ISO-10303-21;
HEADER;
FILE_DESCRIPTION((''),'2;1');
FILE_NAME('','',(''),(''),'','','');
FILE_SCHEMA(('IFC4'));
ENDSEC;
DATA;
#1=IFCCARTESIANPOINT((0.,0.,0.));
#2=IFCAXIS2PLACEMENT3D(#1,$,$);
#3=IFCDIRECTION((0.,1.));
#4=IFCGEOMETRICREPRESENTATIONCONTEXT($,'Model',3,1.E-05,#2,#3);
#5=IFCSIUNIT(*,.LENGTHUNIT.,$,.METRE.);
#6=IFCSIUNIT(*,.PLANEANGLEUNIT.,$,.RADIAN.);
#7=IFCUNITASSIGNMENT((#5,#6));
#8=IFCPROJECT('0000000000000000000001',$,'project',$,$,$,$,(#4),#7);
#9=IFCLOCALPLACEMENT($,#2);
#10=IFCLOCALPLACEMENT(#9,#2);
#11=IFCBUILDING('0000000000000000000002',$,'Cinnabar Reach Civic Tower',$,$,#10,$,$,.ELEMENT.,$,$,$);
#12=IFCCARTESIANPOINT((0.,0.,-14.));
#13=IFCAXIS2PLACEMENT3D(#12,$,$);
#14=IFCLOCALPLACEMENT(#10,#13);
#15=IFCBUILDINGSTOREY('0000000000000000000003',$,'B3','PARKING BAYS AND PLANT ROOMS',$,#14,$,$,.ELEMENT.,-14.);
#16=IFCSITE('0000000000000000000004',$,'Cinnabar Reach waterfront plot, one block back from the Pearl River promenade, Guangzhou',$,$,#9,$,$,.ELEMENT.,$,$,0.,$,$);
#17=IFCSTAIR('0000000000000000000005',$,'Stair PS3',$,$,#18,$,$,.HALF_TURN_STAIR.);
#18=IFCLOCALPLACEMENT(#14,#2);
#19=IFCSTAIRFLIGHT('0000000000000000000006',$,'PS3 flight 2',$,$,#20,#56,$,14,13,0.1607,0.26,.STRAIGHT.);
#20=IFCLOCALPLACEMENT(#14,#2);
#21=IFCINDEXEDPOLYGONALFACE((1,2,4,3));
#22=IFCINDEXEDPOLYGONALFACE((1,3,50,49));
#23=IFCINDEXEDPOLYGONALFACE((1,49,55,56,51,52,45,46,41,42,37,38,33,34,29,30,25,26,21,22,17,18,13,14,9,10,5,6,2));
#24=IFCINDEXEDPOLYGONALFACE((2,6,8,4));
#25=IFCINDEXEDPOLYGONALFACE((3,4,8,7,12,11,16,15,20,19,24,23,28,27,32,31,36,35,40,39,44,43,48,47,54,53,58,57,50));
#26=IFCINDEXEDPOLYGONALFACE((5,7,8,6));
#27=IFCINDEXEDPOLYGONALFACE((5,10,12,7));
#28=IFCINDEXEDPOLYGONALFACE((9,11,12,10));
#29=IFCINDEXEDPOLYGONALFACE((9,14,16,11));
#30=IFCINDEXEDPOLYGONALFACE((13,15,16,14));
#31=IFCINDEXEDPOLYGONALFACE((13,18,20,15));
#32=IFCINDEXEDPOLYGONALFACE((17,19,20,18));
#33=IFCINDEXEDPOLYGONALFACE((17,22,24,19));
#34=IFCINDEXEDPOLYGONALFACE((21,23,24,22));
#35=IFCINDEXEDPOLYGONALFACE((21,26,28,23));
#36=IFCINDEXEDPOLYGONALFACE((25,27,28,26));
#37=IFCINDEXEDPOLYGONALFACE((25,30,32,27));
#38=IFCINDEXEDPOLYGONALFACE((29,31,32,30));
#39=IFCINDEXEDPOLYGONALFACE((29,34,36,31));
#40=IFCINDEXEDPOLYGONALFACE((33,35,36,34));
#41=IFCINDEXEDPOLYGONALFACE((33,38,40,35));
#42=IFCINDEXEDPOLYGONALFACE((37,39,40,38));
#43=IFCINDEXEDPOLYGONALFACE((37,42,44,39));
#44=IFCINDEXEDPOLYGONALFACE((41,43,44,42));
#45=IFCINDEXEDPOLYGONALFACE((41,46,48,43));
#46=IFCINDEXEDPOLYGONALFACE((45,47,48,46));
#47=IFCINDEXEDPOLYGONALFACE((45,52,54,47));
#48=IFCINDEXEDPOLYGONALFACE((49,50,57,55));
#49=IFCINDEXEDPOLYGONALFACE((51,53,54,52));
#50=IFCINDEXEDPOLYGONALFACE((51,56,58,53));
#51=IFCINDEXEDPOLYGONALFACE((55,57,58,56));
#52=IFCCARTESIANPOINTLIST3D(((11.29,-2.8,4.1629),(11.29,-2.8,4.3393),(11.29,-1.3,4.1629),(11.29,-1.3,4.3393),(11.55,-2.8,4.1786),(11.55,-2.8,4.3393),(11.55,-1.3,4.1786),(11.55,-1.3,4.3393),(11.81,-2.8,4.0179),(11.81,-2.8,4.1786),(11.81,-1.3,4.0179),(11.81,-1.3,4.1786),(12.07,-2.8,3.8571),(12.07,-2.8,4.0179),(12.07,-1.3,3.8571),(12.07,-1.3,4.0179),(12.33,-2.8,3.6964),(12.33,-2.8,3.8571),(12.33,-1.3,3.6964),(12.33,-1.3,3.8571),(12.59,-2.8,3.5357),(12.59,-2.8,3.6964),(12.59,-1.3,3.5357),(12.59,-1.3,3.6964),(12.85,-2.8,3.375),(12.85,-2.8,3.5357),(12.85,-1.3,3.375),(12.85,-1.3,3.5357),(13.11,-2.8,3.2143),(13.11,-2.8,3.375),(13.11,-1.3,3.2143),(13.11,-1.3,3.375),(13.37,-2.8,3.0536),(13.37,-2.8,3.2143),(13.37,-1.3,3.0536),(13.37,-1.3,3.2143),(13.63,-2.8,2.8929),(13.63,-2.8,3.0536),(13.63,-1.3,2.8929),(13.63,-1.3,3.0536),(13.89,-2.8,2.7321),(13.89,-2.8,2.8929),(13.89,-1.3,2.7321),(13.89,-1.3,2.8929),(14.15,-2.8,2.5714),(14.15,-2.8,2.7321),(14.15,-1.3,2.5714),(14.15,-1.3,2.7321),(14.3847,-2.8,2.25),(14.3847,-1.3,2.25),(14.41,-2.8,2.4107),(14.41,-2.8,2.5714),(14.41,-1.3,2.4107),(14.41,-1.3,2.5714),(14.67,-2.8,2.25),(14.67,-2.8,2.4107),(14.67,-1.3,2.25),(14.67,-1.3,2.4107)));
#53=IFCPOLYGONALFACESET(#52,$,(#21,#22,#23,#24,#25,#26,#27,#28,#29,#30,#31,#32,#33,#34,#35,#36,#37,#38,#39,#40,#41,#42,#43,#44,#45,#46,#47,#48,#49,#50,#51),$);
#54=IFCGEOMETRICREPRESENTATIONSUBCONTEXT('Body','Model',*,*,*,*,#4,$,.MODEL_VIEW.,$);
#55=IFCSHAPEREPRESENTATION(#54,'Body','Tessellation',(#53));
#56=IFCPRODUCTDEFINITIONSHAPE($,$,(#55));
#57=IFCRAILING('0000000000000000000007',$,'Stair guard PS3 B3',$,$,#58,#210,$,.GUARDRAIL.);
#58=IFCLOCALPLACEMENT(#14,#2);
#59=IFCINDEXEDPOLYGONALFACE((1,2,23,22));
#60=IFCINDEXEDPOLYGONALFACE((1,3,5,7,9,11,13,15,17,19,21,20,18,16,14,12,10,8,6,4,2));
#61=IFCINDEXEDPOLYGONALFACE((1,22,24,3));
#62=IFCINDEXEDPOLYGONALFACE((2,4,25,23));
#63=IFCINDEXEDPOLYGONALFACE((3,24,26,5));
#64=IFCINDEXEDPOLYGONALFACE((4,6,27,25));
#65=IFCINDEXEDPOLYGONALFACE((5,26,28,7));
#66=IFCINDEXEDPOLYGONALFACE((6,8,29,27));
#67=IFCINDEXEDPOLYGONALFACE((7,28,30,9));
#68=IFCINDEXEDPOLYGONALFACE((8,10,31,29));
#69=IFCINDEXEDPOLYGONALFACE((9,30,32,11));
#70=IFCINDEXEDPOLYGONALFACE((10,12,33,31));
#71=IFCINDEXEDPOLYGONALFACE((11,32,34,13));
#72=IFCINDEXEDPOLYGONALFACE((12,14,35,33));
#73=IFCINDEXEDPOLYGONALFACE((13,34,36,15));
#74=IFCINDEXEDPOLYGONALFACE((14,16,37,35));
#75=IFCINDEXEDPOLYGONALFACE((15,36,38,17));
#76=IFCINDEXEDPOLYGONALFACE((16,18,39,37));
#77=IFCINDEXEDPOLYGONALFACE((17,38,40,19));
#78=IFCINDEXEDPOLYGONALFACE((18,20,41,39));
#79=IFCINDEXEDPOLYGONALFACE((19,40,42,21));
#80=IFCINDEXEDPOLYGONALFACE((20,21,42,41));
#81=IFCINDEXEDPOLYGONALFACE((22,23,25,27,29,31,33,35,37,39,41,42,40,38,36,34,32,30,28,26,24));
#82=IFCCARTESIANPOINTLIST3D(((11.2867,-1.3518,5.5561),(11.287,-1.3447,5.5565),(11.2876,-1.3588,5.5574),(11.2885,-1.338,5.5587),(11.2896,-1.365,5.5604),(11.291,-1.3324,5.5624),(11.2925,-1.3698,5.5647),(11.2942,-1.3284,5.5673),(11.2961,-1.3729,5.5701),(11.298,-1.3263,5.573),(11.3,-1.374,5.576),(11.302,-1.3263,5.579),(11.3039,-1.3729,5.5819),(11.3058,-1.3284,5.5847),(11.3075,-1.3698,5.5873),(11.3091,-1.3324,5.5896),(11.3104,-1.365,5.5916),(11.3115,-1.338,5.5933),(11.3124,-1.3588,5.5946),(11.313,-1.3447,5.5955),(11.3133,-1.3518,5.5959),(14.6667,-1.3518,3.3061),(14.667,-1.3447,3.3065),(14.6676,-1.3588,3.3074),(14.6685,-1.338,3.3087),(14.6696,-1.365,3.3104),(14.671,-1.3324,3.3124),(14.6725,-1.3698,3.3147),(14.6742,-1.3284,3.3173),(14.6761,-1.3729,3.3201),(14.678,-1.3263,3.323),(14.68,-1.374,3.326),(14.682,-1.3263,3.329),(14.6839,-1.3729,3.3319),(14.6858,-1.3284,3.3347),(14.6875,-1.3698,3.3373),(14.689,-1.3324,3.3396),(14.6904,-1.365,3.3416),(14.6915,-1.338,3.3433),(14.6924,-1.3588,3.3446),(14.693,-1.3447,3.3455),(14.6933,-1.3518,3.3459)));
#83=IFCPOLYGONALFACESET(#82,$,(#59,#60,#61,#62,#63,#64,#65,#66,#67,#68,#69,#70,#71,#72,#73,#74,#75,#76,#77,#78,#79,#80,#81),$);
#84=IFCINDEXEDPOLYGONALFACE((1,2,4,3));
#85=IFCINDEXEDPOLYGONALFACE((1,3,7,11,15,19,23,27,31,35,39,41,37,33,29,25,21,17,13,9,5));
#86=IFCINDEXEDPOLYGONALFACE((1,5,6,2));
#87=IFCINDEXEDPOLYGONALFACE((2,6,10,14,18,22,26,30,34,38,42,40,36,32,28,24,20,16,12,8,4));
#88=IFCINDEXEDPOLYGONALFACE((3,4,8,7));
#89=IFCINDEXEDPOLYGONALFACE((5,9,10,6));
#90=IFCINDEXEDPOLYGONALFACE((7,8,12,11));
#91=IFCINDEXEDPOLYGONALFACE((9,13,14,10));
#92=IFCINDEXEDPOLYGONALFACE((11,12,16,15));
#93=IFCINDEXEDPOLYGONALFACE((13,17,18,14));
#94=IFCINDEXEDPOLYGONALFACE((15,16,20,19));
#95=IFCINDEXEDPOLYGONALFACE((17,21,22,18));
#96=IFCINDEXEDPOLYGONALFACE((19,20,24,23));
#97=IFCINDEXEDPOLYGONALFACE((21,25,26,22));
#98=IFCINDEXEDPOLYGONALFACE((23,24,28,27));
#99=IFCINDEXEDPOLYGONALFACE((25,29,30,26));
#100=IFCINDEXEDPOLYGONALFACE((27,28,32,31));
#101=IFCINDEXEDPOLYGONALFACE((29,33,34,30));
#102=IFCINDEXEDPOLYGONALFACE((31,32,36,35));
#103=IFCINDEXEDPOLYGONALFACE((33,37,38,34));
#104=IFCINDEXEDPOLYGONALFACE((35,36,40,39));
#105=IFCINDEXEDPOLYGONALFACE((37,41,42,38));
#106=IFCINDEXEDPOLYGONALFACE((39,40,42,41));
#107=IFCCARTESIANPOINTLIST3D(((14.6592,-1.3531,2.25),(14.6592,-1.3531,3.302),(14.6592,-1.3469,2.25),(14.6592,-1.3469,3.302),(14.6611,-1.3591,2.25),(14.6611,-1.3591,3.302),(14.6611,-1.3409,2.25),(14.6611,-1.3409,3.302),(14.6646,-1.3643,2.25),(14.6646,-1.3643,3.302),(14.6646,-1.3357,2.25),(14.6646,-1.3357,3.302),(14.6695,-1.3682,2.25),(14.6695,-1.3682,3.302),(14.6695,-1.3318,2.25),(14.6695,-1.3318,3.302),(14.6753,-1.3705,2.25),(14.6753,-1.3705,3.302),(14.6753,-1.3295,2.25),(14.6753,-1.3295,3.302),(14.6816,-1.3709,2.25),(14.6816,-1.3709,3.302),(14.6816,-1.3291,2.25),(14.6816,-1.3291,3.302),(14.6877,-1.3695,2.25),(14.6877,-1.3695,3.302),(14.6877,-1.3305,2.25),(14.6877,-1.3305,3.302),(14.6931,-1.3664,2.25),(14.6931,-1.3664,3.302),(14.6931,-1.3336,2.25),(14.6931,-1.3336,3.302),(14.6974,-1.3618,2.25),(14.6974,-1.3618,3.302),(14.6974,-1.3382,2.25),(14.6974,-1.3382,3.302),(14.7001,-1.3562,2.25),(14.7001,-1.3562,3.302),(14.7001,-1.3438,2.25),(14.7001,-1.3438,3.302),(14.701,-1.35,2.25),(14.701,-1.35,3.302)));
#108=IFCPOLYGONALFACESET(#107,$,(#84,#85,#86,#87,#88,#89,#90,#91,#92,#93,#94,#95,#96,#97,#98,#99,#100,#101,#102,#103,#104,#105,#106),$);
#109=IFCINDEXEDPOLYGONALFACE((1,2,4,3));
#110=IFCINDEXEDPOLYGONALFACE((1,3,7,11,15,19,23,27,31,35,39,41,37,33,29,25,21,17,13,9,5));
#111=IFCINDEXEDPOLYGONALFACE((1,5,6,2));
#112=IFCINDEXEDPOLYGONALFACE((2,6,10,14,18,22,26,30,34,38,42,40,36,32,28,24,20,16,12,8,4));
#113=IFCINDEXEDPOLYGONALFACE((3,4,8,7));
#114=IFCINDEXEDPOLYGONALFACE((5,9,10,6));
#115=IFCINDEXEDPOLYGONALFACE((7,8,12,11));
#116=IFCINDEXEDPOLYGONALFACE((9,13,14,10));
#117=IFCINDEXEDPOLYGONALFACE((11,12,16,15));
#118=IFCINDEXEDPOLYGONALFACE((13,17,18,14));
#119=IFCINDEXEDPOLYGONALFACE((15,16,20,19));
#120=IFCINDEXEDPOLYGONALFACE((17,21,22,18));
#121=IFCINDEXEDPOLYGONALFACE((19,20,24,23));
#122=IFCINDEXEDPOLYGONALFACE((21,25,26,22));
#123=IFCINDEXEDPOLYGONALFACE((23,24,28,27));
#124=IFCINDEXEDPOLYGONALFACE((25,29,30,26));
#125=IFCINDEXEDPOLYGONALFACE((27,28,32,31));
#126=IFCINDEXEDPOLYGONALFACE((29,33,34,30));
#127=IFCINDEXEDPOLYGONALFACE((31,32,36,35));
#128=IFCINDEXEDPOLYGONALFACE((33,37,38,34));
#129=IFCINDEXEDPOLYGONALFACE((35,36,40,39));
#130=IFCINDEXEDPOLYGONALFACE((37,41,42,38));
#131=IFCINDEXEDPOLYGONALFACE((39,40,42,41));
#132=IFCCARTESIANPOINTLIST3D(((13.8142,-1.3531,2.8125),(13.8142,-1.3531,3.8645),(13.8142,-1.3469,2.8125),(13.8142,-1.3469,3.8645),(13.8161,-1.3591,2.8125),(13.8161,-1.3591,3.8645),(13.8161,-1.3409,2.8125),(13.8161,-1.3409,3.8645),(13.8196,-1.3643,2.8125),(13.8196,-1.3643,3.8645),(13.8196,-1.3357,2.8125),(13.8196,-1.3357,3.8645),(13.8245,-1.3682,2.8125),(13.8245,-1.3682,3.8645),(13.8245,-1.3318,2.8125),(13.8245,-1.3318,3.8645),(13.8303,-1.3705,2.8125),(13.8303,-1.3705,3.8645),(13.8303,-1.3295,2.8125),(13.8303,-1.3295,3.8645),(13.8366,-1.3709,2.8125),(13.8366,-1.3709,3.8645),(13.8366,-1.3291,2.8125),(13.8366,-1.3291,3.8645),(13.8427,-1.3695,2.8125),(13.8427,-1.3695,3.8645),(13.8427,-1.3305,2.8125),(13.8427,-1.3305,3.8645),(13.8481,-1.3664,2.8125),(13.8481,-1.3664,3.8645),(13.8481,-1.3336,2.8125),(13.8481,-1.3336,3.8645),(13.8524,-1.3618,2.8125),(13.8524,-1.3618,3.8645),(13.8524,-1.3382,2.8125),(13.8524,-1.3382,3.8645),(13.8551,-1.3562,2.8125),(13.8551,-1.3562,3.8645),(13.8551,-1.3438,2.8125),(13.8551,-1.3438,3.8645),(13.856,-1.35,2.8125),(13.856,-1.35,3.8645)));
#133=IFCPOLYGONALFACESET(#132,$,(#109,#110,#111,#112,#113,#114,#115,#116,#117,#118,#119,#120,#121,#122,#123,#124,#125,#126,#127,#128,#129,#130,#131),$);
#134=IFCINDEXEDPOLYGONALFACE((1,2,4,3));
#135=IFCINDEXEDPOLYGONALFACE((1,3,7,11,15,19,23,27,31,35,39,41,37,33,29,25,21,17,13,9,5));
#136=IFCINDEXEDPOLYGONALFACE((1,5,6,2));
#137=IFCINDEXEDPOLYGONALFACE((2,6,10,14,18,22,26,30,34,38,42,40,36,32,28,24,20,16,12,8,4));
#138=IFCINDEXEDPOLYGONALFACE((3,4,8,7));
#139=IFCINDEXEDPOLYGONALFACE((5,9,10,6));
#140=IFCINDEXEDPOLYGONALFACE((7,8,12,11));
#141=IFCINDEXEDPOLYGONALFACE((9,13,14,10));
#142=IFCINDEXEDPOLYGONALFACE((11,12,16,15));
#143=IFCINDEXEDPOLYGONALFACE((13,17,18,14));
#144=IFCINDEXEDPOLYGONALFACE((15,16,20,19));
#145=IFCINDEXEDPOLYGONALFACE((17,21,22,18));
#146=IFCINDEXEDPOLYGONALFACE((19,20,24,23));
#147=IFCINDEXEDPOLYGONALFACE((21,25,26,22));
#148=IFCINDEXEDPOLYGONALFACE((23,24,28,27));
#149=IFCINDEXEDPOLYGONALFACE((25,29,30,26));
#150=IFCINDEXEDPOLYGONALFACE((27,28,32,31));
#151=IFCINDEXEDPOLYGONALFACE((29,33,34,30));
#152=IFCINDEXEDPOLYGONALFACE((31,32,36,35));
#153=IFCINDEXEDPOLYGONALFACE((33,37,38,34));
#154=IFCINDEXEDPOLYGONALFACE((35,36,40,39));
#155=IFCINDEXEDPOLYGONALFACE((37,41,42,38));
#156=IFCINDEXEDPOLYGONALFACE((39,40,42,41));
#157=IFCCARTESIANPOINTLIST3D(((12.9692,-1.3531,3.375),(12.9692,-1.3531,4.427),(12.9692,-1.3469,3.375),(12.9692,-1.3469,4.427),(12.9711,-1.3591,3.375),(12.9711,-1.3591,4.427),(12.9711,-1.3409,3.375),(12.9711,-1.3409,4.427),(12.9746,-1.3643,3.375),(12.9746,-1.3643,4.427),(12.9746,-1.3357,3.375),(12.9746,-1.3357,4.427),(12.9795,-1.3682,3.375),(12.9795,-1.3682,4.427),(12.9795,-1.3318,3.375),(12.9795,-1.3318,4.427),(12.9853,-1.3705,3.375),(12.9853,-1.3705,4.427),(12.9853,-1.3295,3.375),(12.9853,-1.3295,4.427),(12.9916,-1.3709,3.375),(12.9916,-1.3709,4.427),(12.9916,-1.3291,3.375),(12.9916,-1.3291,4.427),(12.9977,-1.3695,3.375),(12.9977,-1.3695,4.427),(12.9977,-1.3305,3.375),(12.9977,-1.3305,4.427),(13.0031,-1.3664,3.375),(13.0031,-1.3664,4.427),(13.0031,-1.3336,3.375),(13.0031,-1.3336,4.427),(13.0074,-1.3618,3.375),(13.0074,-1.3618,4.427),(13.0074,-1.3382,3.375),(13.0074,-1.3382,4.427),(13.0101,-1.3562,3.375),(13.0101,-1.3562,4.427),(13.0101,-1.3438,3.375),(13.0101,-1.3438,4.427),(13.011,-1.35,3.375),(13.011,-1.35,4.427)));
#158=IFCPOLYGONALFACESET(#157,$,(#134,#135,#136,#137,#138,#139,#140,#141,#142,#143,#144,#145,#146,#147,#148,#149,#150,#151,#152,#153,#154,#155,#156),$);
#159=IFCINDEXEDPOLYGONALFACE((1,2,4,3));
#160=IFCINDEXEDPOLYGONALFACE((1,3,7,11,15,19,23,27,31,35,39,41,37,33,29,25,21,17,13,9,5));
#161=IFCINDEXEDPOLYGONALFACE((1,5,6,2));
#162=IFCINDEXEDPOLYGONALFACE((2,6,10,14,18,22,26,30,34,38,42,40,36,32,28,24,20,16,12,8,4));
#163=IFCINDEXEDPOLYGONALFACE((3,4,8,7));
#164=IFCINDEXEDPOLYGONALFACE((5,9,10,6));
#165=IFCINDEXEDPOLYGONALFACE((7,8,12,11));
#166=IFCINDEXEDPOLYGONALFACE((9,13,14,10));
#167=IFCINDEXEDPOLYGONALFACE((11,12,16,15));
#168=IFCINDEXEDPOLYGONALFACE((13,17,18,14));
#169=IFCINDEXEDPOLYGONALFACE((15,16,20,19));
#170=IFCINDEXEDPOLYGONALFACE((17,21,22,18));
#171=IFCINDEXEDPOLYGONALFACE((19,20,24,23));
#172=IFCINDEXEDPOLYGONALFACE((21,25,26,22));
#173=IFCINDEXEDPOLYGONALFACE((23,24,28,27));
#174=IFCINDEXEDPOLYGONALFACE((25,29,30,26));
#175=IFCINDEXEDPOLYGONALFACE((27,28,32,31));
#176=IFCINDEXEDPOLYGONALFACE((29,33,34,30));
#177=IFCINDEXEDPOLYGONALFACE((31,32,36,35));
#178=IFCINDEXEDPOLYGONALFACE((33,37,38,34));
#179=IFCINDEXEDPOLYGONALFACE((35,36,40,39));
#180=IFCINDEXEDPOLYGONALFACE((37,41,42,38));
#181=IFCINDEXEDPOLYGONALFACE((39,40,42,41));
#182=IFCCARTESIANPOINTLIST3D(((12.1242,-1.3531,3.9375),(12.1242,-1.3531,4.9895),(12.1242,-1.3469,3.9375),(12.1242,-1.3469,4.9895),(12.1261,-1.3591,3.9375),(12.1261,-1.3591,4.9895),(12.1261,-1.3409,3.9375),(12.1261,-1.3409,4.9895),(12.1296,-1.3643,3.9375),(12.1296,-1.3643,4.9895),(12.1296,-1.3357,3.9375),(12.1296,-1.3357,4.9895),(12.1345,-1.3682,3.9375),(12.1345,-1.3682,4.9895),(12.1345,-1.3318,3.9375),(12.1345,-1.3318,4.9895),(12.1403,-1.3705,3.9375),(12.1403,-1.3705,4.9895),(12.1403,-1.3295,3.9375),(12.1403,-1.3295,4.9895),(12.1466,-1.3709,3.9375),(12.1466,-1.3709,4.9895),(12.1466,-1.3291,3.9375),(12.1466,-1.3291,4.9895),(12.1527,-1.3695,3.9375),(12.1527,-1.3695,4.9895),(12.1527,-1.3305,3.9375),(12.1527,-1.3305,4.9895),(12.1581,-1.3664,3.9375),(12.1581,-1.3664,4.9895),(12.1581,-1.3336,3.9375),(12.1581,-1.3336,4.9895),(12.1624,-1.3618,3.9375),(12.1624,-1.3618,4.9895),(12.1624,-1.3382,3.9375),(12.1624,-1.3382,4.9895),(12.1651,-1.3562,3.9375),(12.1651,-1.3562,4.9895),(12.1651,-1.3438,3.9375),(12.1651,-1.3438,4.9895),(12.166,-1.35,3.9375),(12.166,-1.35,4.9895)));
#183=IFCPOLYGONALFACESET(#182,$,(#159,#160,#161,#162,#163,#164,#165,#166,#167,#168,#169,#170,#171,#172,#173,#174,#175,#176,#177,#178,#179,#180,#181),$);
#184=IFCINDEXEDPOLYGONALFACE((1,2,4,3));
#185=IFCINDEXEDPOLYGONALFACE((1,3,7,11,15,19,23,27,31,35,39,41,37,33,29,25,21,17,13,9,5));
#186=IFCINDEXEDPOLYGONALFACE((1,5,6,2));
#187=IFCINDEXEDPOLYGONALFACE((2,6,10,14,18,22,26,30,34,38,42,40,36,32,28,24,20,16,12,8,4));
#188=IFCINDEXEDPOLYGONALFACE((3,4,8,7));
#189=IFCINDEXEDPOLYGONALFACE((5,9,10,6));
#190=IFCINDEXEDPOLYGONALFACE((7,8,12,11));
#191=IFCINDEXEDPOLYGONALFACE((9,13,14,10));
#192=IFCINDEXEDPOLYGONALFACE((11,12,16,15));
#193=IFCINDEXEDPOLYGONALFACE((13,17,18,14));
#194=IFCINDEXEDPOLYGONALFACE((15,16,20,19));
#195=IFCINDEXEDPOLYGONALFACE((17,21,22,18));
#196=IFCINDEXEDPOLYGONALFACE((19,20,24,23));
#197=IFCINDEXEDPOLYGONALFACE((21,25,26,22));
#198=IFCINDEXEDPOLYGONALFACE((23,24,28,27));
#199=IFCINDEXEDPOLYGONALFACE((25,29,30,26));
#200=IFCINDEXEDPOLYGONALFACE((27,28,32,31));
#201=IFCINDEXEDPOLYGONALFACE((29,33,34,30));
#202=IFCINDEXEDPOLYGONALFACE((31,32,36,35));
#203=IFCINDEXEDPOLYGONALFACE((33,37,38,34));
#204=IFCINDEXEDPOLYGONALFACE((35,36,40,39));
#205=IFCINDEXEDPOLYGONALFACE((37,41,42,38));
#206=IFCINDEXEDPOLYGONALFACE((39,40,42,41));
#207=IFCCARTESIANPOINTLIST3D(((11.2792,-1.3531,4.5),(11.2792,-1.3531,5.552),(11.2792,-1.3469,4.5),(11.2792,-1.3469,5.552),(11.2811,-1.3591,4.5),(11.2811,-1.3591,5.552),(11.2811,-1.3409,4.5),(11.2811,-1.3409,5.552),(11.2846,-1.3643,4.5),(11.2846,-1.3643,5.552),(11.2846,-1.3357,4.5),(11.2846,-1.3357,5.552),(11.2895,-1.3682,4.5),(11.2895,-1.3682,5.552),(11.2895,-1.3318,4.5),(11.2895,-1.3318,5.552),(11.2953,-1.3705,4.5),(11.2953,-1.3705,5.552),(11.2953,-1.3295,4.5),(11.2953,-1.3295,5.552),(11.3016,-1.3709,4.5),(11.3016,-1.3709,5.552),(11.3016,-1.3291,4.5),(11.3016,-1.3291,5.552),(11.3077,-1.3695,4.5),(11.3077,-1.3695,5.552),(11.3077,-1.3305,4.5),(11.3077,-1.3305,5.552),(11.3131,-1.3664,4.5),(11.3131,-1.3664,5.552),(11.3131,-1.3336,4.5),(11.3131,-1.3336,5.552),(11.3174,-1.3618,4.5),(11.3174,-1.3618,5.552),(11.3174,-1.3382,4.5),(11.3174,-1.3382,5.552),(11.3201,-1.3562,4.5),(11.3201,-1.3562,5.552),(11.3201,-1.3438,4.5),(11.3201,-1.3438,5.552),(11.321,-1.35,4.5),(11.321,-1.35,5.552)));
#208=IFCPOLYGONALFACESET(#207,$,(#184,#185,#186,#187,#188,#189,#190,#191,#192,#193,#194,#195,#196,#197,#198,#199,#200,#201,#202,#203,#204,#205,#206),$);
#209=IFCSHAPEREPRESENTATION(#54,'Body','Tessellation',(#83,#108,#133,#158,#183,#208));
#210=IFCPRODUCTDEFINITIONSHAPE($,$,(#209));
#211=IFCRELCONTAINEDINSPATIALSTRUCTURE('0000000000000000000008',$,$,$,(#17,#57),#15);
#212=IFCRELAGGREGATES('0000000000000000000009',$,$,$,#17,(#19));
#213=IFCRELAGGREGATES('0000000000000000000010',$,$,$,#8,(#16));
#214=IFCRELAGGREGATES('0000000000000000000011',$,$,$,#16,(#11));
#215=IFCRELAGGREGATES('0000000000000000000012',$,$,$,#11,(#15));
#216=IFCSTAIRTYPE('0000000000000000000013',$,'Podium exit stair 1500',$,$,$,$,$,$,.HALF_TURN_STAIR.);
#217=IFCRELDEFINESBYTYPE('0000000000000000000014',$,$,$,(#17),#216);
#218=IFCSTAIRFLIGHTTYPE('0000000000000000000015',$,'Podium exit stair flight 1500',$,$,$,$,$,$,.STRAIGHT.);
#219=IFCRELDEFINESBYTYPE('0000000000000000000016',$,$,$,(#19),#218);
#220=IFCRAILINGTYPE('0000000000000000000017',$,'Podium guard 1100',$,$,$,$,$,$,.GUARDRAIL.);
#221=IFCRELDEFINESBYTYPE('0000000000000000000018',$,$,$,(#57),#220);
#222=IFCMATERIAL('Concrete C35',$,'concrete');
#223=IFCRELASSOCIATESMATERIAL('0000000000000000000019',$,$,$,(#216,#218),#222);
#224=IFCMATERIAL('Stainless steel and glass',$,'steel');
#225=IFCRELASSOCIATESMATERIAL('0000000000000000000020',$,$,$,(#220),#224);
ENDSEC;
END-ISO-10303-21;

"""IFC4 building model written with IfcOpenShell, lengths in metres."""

from ifc_helpers import new_model, si_unit, direction, frame, origin, origin_2d, place, context, subcontext, project, spatial, polyline, circle, outline, extrude, material, type_object, element, aggregate, save


model = new_model("IFC4")

# Units and contexts
model_context = context("Model", 3, precision=1e-05, world=origin(), true_north=direction((0.0, 1.0)))
body_context = subcontext(model_context, "Body", "Model", "MODEL_VIEW")
ifc_project = project(units=[si_unit("LENGTHUNIT", "METRE"), si_unit("PLANEANGLEUNIT", "RADIAN")], contexts=[model_context])

# Site, building, storey
site_placement = place(None, origin())
site = spatial("IfcSite", under=ifc_project, at=site_placement, Name="Cinnabar Reach waterfront plot, one block back from the Pearl River promenade, Guangzhou", CompositionType="ELEMENT", RefElevation=0.0)
building_placement = place(site_placement, origin())
building = spatial("IfcBuilding", under=site, at=building_placement, Name="Cinnabar Reach Civic Tower", CompositionType="ELEMENT")
storey_placement = place(building_placement, frame((0.0, 0.0, -14.0)))
storey = spatial("IfcBuildingStorey", under=building, at=storey_placement, Name="B3", Description="PARKING BAYS AND PLANT ROOMS", CompositionType="ELEMENT", Elevation=-14.0)

# Shared definitions
ifc_material_1 = material(Name="Concrete C35", Category="concrete")

# Stair, stair flight
stair_type = type_object("IfcStairType", Name="Podium exit stair 1500", PredefinedType="HALF_TURN_STAIR", material=ifc_material_1)
stair_placement = place(storey_placement, origin())
stair = element("IfcStair", 1, at=stair_placement, inside=storey, type_object=stair_type, Name="Stair PS3", PredefinedType="HALF_TURN_STAIR")
stair_flight_type = type_object("IfcStairFlightType", Name="Podium exit stair flight 1500", PredefinedType="STRAIGHT", material=ifc_material_1)
stair_flight_1_placement = place(storey_placement, frame((14.67, -2.05, 2.25), z_axis=(0.0, 0.0, 1.0), x_axis=(-1.0, 0.0, 0.0)))
stair_flight_1 = element("IfcStairFlight", 2, at=stair_flight_1_placement, type_object=stair_flight_type, Name="PS3 flight 2", NumberOfRisers=14, NumberOfTreads=13, PredefinedType="STRAIGHT", RiserHeight=0.1607, TreadLength=0.26, context=body_context, shape_type="SweptSolid", body=[
    extrude(outline(polyline([(0.0, 0.0), (0.0, 0.1607), (0.26, 0.1607), (0.26, 0.3214), (0.52, 0.3214), (0.52, 0.4821), (0.78, 0.4821), (0.78, 0.6429), (1.04, 0.6429), (1.04, 0.8036), (1.3, 0.8036), (1.3, 0.9643), (1.56, 0.9643), (1.56, 1.125), (1.82, 1.125), (1.82, 1.2857), (2.08, 1.2857), (2.08, 1.4464), (2.34, 1.4464), (2.34, 1.6071), (2.6, 1.6071), (2.6, 1.7679), (2.86, 1.7679), (2.86, 1.9286), (3.12, 1.9286), (3.12, 2.0893), (3.38, 2.0893), (3.38, 2.25), (3.38, 1.9129), (0.2853, 0.0), (0.0, 0.0)])), frame((0.0, 0.75, 0.0), z_axis=(0.0, -1.0, 0.0), x_axis=(1.0, 0.0, 0.0)), (0.0, 0.0, 1.0), 1.5),
])
aggregate(stair, [stair_flight_1])

# Railing
ifc_material_2 = material(Name="Stainless steel and glass", Category="steel")
railing_type_1 = type_object("IfcRailingType", Name="Podium guard 1100", PredefinedType="GUARDRAIL", material=ifc_material_2)
railing_1_placement = place(storey_placement, frame((14.68, -1.35, 2.25)))
element("IfcRailing", 3, at=railing_1_placement, inside=storey, type_object=railing_type_1, Name="Stair guard PS3 B3", PredefinedType="GUARDRAIL", context=body_context, shape_type="SweptSolid", body=[
    extrude(circle(Radius=0.024, at=origin_2d()), frame((0.0, 0.0, 1.076), z_axis=(-0.832429, 0.0, 0.554132), x_axis=(0.0, -1.0, 0.0)), (0.0, 0.0, 1.0), 4.0604),
    extrude(circle(Radius=0.021, at=origin_2d()), origin(), (0.0, 0.0, 1.0), 1.052),
    extrude(circle(Radius=0.021, at=origin_2d()), frame((-0.845, 0.0, 0.5625)), (0.0, 0.0, 1.0), 1.052),
    extrude(circle(Radius=0.021, at=origin_2d()), frame((-1.69, 0.0, 1.125)), (0.0, 0.0, 1.0), 1.052),
    extrude(circle(Radius=0.021, at=origin_2d()), frame((-2.535, 0.0, 1.6875)), (0.0, 0.0, 1.0), 1.052),
    extrude(circle(Radius=0.021, at=origin_2d()), frame((-3.38, 0.0, 2.25)), (0.0, 0.0, 1.0), 1.052),
])

save(model, "model.ifc")
